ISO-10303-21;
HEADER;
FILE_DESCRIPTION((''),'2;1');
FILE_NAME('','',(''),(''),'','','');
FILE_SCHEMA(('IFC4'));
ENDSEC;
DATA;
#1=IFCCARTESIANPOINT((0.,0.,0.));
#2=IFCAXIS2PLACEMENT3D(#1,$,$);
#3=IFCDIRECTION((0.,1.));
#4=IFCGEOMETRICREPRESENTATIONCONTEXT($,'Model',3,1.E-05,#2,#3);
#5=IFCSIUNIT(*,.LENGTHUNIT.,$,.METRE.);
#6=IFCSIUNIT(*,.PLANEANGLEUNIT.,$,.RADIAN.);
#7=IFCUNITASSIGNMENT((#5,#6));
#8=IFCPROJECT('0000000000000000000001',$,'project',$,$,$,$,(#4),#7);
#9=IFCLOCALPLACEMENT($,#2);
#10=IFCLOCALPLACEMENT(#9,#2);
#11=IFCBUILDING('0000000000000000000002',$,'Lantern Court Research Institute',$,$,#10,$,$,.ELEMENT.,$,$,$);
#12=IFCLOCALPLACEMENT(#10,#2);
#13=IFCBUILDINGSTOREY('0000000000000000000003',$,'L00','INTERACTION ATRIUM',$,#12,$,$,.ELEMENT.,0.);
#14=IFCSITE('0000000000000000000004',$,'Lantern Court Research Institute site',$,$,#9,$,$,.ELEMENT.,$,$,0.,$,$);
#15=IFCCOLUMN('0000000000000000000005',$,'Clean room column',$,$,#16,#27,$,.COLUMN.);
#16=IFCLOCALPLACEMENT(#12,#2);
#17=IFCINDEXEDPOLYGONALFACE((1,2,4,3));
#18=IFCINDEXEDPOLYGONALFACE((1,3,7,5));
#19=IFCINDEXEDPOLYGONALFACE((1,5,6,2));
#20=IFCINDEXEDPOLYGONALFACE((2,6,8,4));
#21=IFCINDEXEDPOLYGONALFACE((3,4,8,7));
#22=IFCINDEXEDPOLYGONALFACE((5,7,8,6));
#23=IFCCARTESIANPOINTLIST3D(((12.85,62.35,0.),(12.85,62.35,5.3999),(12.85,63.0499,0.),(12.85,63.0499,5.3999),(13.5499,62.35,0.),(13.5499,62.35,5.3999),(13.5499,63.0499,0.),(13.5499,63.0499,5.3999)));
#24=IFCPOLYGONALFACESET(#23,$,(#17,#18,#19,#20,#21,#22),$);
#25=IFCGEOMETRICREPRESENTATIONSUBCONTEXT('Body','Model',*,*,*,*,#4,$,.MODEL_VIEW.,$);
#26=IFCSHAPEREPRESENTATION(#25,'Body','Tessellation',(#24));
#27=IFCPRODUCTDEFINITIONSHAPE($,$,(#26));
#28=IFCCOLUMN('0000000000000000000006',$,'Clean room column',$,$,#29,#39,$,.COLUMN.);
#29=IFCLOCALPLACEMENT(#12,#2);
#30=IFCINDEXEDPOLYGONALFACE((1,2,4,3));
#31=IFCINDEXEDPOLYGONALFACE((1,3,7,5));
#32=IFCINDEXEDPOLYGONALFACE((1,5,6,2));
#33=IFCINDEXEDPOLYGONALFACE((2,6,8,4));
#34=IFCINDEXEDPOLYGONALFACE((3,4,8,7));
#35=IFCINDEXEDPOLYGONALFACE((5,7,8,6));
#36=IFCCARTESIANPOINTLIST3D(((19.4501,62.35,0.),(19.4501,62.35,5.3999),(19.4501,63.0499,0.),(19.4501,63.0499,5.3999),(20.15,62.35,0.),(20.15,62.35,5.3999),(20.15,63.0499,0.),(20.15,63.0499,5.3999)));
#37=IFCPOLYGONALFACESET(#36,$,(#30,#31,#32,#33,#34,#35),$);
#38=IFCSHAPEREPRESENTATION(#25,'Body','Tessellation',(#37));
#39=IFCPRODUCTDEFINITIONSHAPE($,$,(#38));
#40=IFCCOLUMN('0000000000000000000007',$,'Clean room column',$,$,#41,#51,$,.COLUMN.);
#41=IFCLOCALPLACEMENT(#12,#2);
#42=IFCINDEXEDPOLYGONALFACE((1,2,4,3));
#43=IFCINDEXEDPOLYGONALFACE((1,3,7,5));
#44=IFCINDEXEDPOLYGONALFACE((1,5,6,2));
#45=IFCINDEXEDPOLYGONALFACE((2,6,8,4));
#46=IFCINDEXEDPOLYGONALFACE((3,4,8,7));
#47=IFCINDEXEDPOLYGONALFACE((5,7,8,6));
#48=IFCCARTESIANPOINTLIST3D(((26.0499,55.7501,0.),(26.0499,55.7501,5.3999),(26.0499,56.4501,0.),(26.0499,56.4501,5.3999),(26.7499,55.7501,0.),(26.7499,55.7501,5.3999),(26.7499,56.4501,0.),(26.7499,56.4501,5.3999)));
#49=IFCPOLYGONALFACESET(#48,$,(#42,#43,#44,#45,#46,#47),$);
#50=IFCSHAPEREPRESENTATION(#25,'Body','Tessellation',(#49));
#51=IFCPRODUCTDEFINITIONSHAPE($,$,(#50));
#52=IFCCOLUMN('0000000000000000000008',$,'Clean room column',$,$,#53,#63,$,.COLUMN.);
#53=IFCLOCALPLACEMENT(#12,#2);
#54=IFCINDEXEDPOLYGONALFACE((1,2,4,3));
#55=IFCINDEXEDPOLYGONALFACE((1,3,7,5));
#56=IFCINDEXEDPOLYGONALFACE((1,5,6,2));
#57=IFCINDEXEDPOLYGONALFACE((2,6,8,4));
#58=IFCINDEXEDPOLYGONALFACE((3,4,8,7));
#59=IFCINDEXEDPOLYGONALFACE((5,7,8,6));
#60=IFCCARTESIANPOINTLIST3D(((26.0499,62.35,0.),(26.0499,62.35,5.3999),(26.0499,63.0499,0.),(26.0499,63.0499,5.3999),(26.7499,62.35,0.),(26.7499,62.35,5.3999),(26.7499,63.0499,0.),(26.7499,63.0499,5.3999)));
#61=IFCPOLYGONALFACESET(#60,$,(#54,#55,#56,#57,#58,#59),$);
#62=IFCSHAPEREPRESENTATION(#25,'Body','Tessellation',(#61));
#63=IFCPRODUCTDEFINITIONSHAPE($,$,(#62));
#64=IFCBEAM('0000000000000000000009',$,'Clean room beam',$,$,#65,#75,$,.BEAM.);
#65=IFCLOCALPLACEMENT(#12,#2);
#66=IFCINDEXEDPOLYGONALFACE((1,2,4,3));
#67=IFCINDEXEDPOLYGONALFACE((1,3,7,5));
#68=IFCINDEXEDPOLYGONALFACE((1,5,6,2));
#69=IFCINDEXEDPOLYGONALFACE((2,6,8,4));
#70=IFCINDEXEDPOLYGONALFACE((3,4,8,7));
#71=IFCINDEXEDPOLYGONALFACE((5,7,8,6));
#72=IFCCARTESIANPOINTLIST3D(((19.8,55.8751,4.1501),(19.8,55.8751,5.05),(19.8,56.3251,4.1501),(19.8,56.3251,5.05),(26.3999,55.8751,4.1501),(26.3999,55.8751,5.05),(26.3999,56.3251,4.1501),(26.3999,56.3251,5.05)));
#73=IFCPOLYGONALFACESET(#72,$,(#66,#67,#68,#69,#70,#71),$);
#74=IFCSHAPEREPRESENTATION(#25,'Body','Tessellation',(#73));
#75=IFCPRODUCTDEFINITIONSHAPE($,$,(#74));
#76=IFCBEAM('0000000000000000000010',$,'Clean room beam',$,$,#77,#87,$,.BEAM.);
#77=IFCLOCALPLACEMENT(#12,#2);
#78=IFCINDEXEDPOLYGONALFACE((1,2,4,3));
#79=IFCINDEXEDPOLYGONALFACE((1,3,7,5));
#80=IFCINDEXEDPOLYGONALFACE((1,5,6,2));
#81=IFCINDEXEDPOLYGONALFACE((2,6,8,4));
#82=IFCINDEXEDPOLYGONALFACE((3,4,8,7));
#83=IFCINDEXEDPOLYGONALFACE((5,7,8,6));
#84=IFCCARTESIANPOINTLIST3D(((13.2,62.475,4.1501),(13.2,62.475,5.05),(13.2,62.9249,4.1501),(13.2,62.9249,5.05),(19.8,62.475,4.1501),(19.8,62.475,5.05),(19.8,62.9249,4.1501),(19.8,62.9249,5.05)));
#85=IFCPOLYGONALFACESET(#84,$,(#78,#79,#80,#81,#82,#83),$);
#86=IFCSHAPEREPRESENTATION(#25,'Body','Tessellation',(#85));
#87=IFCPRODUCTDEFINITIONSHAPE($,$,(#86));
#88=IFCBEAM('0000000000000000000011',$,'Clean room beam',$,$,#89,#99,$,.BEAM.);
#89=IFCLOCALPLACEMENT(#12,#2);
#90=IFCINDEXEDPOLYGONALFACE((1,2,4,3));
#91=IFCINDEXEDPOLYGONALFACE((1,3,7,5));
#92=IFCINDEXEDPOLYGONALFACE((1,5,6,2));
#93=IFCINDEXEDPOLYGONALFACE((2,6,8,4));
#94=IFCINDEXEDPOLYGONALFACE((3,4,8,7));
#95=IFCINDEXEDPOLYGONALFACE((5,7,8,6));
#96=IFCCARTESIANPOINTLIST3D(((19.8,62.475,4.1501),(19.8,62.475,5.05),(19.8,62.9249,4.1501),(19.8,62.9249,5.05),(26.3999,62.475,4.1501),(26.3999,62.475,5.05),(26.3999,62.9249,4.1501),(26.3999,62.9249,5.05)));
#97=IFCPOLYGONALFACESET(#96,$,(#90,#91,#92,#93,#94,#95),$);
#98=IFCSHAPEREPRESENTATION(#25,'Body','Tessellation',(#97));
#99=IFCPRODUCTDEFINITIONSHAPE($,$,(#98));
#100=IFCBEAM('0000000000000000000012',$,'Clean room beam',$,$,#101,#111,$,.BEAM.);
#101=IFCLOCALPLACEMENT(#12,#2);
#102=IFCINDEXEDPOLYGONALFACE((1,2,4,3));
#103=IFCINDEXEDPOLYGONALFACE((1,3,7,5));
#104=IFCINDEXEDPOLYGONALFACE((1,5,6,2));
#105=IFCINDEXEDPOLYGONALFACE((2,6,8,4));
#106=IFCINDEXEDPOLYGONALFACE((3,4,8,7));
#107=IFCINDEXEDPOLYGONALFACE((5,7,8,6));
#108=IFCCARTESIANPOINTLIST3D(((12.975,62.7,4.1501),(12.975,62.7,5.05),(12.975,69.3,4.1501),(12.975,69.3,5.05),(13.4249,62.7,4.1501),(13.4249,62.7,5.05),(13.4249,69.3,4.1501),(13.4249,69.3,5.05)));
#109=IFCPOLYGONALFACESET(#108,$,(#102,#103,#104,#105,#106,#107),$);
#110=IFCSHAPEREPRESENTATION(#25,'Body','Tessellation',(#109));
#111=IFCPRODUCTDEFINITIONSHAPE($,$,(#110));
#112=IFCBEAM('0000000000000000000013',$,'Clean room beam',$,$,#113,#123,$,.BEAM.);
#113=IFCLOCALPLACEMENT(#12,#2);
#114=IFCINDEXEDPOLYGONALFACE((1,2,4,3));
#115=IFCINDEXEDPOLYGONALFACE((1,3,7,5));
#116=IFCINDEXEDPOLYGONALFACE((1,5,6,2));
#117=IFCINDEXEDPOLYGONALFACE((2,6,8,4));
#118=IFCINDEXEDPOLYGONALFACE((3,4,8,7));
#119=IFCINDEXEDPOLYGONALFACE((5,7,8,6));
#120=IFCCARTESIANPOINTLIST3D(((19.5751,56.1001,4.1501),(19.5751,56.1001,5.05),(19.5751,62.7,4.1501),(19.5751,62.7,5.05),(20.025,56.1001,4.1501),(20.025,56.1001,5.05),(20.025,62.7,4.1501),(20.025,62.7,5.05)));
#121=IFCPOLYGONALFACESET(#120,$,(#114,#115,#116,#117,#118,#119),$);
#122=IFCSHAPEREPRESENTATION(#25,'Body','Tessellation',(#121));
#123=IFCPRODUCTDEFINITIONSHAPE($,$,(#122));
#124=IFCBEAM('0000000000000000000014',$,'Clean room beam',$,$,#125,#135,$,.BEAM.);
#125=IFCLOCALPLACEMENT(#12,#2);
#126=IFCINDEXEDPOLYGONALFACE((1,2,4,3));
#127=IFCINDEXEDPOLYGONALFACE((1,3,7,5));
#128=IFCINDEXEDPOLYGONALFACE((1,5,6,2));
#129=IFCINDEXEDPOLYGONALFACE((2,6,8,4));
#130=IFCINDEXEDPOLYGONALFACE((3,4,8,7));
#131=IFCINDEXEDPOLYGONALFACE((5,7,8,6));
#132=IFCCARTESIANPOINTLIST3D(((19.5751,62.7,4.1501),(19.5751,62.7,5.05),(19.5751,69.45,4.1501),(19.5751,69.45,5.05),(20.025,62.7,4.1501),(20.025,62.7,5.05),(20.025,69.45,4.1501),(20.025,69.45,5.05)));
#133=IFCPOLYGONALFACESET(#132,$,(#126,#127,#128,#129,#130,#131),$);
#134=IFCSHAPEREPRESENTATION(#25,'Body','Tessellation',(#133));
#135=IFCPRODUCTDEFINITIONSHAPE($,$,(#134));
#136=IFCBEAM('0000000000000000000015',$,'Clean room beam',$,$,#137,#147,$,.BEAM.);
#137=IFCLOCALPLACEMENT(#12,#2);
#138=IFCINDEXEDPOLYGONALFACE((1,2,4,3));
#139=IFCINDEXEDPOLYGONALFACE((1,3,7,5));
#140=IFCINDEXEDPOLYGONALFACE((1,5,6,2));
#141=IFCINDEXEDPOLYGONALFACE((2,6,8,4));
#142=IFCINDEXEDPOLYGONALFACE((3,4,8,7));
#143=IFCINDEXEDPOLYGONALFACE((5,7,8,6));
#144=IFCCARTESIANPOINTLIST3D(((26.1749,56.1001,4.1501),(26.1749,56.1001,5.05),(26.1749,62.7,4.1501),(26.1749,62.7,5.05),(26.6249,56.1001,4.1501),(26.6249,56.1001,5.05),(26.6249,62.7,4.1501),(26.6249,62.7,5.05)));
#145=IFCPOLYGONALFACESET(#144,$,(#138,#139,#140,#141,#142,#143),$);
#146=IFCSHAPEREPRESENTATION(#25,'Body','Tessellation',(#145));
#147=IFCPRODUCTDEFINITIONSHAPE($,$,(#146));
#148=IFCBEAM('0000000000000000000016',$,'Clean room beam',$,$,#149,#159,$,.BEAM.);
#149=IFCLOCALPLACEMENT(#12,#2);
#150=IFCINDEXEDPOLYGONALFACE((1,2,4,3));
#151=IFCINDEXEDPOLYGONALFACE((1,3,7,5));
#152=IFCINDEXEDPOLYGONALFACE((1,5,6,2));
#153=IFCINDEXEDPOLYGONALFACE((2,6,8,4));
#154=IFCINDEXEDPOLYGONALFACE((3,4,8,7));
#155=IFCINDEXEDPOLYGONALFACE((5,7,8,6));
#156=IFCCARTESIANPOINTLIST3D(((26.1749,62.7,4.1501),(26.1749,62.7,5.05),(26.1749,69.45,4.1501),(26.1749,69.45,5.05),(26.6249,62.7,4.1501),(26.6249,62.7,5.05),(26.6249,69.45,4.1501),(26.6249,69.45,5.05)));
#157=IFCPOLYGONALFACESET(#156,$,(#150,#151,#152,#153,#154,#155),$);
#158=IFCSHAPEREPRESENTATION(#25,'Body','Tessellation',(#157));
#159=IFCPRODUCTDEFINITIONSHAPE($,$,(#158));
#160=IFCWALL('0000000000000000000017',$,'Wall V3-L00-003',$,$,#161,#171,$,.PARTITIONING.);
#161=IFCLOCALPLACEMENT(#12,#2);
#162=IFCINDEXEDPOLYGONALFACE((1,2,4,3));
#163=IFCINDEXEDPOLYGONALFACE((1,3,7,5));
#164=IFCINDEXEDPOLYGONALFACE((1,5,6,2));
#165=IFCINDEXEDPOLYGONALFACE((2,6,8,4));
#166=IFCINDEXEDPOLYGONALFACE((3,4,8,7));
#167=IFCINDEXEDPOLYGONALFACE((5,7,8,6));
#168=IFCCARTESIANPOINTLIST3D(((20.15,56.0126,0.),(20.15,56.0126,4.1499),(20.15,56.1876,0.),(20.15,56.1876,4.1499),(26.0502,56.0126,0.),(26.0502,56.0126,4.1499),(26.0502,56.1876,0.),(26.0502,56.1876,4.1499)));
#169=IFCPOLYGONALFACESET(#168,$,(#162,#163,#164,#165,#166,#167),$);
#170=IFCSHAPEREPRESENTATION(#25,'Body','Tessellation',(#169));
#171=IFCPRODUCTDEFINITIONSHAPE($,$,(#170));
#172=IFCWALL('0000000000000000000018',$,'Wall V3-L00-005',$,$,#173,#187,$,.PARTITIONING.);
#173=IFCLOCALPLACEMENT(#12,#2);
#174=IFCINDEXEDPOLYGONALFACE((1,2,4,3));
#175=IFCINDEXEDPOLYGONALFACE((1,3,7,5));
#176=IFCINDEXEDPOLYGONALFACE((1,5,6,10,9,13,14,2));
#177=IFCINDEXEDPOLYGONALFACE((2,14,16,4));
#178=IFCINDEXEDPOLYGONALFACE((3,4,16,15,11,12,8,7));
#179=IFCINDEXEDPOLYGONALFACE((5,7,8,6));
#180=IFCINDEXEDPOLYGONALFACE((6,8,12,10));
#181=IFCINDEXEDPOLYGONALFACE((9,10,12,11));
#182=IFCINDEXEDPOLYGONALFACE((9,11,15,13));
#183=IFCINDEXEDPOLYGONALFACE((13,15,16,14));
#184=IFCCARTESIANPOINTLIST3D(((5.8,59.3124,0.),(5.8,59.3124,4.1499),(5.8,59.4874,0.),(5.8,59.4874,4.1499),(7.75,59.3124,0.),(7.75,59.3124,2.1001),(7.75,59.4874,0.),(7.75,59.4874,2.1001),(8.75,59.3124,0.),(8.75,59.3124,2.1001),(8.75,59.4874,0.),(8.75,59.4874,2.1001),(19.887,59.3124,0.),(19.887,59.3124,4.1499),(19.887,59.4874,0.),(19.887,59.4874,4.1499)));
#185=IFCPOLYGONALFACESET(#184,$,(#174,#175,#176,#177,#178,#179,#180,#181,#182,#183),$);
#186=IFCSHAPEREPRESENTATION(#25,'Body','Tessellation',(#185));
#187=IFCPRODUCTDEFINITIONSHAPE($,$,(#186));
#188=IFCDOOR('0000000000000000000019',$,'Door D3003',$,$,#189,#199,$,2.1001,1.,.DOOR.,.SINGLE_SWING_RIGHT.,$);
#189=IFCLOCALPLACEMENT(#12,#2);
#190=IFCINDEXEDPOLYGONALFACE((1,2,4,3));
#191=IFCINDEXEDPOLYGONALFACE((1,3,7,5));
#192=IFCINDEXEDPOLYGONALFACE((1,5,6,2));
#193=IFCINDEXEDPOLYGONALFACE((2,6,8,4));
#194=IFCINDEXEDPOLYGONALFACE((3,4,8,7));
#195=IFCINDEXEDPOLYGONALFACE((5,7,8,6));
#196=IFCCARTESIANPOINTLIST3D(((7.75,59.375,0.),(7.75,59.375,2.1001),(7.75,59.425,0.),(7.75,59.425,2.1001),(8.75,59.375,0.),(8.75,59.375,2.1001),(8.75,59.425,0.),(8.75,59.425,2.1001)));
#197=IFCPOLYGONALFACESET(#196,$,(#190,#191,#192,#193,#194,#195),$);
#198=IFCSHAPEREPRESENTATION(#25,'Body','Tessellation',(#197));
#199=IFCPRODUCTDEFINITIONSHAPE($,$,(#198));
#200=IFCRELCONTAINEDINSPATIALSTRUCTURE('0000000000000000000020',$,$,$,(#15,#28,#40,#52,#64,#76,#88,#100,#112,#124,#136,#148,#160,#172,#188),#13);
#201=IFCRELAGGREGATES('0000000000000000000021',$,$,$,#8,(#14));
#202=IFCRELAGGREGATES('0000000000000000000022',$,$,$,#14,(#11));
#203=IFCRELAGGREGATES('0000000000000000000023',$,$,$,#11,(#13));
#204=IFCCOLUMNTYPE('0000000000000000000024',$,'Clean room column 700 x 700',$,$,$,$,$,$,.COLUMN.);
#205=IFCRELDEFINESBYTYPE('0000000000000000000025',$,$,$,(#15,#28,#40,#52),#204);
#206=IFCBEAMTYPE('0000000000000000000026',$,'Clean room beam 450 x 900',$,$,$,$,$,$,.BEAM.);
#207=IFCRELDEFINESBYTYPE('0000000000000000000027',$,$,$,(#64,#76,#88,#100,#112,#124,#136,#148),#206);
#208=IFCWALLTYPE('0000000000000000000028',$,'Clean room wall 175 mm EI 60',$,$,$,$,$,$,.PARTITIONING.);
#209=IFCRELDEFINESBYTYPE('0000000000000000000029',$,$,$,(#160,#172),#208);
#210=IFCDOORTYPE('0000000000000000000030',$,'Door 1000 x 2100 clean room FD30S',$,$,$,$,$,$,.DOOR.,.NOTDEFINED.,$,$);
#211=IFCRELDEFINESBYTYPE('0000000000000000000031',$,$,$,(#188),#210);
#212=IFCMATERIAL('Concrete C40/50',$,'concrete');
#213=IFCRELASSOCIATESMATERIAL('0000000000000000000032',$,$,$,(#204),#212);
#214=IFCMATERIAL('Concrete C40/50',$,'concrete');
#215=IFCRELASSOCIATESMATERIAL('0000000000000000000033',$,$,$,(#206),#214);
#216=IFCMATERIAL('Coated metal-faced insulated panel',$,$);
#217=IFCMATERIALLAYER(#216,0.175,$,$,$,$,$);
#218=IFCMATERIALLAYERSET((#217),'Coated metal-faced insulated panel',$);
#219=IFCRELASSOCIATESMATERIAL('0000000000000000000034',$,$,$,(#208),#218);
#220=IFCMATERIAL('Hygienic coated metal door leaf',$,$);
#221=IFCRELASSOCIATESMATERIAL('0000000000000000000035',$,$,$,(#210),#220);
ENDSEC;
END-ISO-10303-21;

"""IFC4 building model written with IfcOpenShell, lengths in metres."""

from ifc_helpers import new_model, si_unit, direction, frame, frame_2d, origin, origin_2d, place, context, subcontext, project, spatial, rectangle, extrude, material, layer, layer_set, material_profile, profile_set, type_object, element, fill, save


model = new_model("IFC4")

# Units and contexts
model_context = context("Model", 3, precision=1e-05, world=origin(), true_north=direction((0.0, 1.0)))
body_context = subcontext(model_context, "Body", "Model", "MODEL_VIEW")
ifc_project = project(units=[si_unit("LENGTHUNIT", "METRE"), si_unit("PLANEANGLEUNIT", "RADIAN")], contexts=[model_context])

# Site, building, storey
site_placement = place(None, origin())
site = spatial("IfcSite", under=ifc_project, at=site_placement, Name="Lantern Court Research Institute site", CompositionType="ELEMENT", RefElevation=0.0)
building_placement = place(site_placement, origin())
building = spatial("IfcBuilding", under=site, at=building_placement, Name="Lantern Court Research Institute", CompositionType="ELEMENT")
storey_placement = place(building_placement, origin())
storey = spatial("IfcBuildingStorey", under=building, at=storey_placement, Name="L00", Description="INTERACTION ATRIUM", CompositionType="ELEMENT", Elevation=0.0)

# Columns
ifc_material_1 = material(Name="Concrete C40/50", Category="concrete")
ifc_material_profile_1 = material_profile(ifc_material_1, rectangle(XDim=0.7, YDim=0.7, at=origin_2d()), Name="Clean room column 700 x 700")
ifc_profile_set_1 = profile_set([ifc_material_profile_1], Name="Concrete C40/50")
column_type = type_object("IfcColumnType", Name="Clean room column 700 x 700", PredefinedType="COLUMN", material=ifc_profile_set_1)
for number, where, z_axis, x_axis, name in (
    (1, (13.2, 62.7, 0.0), (0.0, 0.0, 1.0), (1.0, 0.0, 0.0), "Clean room column"),
    (2, (19.8, 62.7, 0.0), (0.0, 0.0, 1.0), (1.0, 0.0, 0.0), "Clean room column"),
    (3, (26.3999, 56.1001, 0.0), (0.0, 0.0, 1.0), (1.0, 0.0, 0.0), "Clean room column"),
    (4, (26.3999, 62.7, 0.0), (0.0, 0.0, 1.0), (1.0, 0.0, 0.0), "Clean room column"),
):
    element("IfcColumn", number, at=place(storey_placement, frame(where, z_axis=z_axis, x_axis=x_axis)), inside=storey, type_object=column_type, Name=name, PredefinedType="COLUMN", context=body_context, shape_type="SweptSolid", body=[
        extrude(rectangle(XDim=0.7, YDim=0.7, at=origin_2d()), origin(), (0.0, 0.0, 1.0), 5.3999),
    ])

# Beams
ifc_material_2 = material(Name="Concrete C40/50", Category="concrete")
ifc_material_profile_2 = material_profile(ifc_material_2, rectangle(XDim=0.45, YDim=0.8999, at=origin_2d()), Name="Clean room beam 450 x 900")
ifc_profile_set_2 = profile_set([ifc_material_profile_2], Name="Concrete C40/50")
beam_type = type_object("IfcBeamType", Name="Clean room beam 450 x 900", PredefinedType="BEAM", material=ifc_profile_set_2)
beam_1_placement = place(storey_placement, frame((19.8, 56.1001, 4.6001), z_axis=(1.0, 0.0, 0.0), x_axis=(0.0, 1.0, 0.0)))
element("IfcBeam", 5, at=beam_1_placement, inside=storey, type_object=beam_type, Name="Clean room beam", PredefinedType="BEAM", context=body_context, shape_type="SweptSolid", body=[
    extrude(rectangle(XDim=0.45, YDim=0.8999, at=origin_2d()), origin(), (0.0, 0.0, 1.0), 6.5999),
])
beam_2_placement = place(storey_placement, frame((13.2, 62.7, 4.6001), z_axis=(1.0, 0.0, 0.0), x_axis=(0.0, 1.0, 0.0)))
element("IfcBeam", 6, at=beam_2_placement, inside=storey, type_object=beam_type, Name="Clean room beam", PredefinedType="BEAM", context=body_context, shape_type="SweptSolid", body=[
    extrude(rectangle(XDim=0.45, YDim=0.8999, at=origin_2d()), origin(), (0.0, 0.0, 1.0), 6.6001),
])
beam_3_placement = place(storey_placement, frame((19.8, 62.7, 4.6001), z_axis=(1.0, 0.0, 0.0), x_axis=(0.0, 1.0, 0.0)))
element("IfcBeam", 7, at=beam_3_placement, inside=storey, type_object=beam_type, Name="Clean room beam", PredefinedType="BEAM", context=body_context, shape_type="SweptSolid", body=[
    extrude(rectangle(XDim=0.45, YDim=0.8999, at=origin_2d()), origin(), (0.0, 0.0, 1.0), 6.5999),
])
beam_4_placement = place(storey_placement, frame((13.2, 62.7, 4.6001), z_axis=(0.0, 1.0, 0.0), x_axis=(-1.0, 0.0, 0.0)))
element("IfcBeam", 8, at=beam_4_placement, inside=storey, type_object=beam_type, Name="Clean room beam", PredefinedType="BEAM", context=body_context, shape_type="SweptSolid", body=[
    extrude(rectangle(XDim=0.45, YDim=0.8999, at=origin_2d()), origin(), (0.0, 0.0, 1.0), 6.6001),
])
beam_5_placement = place(storey_placement, frame((19.8, 56.1001, 4.6001), z_axis=(0.0, 1.0, 0.0), x_axis=(-1.0, 0.0, 0.0)))
element("IfcBeam", 9, at=beam_5_placement, inside=storey, type_object=beam_type, Name="Clean room beam", PredefinedType="BEAM", context=body_context, shape_type="SweptSolid", body=[
    extrude(rectangle(XDim=0.45, YDim=0.8999, at=origin_2d()), origin(), (0.0, 0.0, 1.0), 6.5999),
])
beam_6_placement = place(storey_placement, frame((19.8, 62.7, 4.6001), z_axis=(0.0, 1.0, 0.0), x_axis=(-1.0, 0.0, 0.0)))
element("IfcBeam", 10, at=beam_6_placement, inside=storey, type_object=beam_type, Name="Clean room beam", PredefinedType="BEAM", context=body_context, shape_type="SweptSolid", body=[
    extrude(rectangle(XDim=0.45, YDim=0.8999, at=origin_2d()), origin(), (0.0, 0.0, 1.0), 6.75),
])
beam_7_placement = place(storey_placement, frame((26.3999, 56.1001, 4.6001), z_axis=(0.0, 1.0, 0.0), x_axis=(-1.0, 0.0, 0.0)))
element("IfcBeam", 11, at=beam_7_placement, inside=storey, type_object=beam_type, Name="Clean room beam", PredefinedType="BEAM", context=body_context, shape_type="SweptSolid", body=[
    extrude(rectangle(XDim=0.45, YDim=0.8999, at=origin_2d()), origin(), (0.0, 0.0, 1.0), 6.5999),
])
beam_8_placement = place(storey_placement, frame((26.3999, 62.7, 4.6001), z_axis=(0.0, 1.0, 0.0), x_axis=(-1.0, 0.0, 0.0)))
element("IfcBeam", 12, at=beam_8_placement, inside=storey, type_object=beam_type, Name="Clean room beam", PredefinedType="BEAM", context=body_context, shape_type="SweptSolid", body=[
    extrude(rectangle(XDim=0.45, YDim=0.8999, at=origin_2d()), origin(), (0.0, 0.0, 1.0), 6.75),
])

# Wall
ifc_material_3 = material(Name="Coated metal-faced insulated panel")
ifc_layer_1 = layer(ifc_material_3, 0.175)
ifc_layer_set_1 = layer_set([ifc_layer_1], Name="Coated metal-faced insulated panel")
wall_type_1 = type_object("IfcWallType", Name="Clean room wall 175 mm EI 60", PredefinedType="PARTITIONING", material=ifc_layer_set_1)
wall_1_placement = place(storey_placement, frame((20.1499, 56.1001, 0.0), z_axis=(0.0, 0.0, 1.0), x_axis=(1.0, 0.0, 0.0)))
element("IfcWall", 13, at=wall_1_placement, inside=storey, type_object=wall_type_1, Name="Wall V3-L00-003", PredefinedType="PARTITIONING", context=body_context, shape_type="SweptSolid", body=[
    extrude(rectangle(XDim=5.9001, YDim=0.175, at=frame_2d((2.9502, 0.0))), origin(), (0.0, 0.0, 1.0), 4.1499),
])

# Wall, opening, door
wall_2_placement = place(storey_placement, frame((19.887, 59.3999, 0.0), z_axis=(0.0, 0.0, 1.0), x_axis=(-1.0, 0.0, 0.0)))
wall_2 = element("IfcWall", 14, at=wall_2_placement, inside=storey, type_object=wall_type_1, Name="Wall V3-L00-005", PredefinedType="PARTITIONING", context=body_context, shape_type="SweptSolid", body=[
    extrude(rectangle(XDim=14.0869, YDim=0.175, at=frame_2d((7.0435, 0.0))), origin(), (0.0, 0.0, 1.0), 4.1499),
])
opening_placement = place(wall_2_placement, frame((11.137, 0.0, 0.0)))
opening = element("IfcOpeningElement", 15, at=opening_placement, cuts=wall_2, PredefinedType="OPENING", context=body_context, shape_type="SweptSolid", body=[
    extrude(rectangle(XDim=1.0, YDim=2.1001, at=frame_2d((0.5, 1.05))), frame((0.0, 0.0974, 0.0), z_axis=(0.0, -1.0, 0.0), x_axis=(1.0, 0.0, 0.0)), (0.0, 0.0, 1.0), 0.1951),
])
ifc_material_4 = material(Name="Hygienic coated metal door leaf")
door_type = type_object("IfcDoorType", Name="Door 1000 x 2100 clean room FD30S", OperationType="NOTDEFINED", PredefinedType="DOOR", material=ifc_material_4)
door_placement = place(opening_placement, origin())
door = element("IfcDoor", 16, at=door_placement, inside=storey, type_object=door_type, Name="Door D3003", OperationType="SINGLE_SWING_RIGHT", OverallHeight=2.1001, OverallWidth=1.0, PredefinedType="DOOR", context=body_context, shape_type="SweptSolid", body=[
    extrude(rectangle(XDim=1.0, YDim=2.1001, at=frame_2d((0.5, 1.05))), frame((0.0, 0.0249, 0.0), z_axis=(0.0, -1.0, 0.0), x_axis=(1.0, 0.0, 0.0)), (0.0, 0.0, 1.0), 0.05),
])
fill(opening, door)

save(model, "model.ifc")
